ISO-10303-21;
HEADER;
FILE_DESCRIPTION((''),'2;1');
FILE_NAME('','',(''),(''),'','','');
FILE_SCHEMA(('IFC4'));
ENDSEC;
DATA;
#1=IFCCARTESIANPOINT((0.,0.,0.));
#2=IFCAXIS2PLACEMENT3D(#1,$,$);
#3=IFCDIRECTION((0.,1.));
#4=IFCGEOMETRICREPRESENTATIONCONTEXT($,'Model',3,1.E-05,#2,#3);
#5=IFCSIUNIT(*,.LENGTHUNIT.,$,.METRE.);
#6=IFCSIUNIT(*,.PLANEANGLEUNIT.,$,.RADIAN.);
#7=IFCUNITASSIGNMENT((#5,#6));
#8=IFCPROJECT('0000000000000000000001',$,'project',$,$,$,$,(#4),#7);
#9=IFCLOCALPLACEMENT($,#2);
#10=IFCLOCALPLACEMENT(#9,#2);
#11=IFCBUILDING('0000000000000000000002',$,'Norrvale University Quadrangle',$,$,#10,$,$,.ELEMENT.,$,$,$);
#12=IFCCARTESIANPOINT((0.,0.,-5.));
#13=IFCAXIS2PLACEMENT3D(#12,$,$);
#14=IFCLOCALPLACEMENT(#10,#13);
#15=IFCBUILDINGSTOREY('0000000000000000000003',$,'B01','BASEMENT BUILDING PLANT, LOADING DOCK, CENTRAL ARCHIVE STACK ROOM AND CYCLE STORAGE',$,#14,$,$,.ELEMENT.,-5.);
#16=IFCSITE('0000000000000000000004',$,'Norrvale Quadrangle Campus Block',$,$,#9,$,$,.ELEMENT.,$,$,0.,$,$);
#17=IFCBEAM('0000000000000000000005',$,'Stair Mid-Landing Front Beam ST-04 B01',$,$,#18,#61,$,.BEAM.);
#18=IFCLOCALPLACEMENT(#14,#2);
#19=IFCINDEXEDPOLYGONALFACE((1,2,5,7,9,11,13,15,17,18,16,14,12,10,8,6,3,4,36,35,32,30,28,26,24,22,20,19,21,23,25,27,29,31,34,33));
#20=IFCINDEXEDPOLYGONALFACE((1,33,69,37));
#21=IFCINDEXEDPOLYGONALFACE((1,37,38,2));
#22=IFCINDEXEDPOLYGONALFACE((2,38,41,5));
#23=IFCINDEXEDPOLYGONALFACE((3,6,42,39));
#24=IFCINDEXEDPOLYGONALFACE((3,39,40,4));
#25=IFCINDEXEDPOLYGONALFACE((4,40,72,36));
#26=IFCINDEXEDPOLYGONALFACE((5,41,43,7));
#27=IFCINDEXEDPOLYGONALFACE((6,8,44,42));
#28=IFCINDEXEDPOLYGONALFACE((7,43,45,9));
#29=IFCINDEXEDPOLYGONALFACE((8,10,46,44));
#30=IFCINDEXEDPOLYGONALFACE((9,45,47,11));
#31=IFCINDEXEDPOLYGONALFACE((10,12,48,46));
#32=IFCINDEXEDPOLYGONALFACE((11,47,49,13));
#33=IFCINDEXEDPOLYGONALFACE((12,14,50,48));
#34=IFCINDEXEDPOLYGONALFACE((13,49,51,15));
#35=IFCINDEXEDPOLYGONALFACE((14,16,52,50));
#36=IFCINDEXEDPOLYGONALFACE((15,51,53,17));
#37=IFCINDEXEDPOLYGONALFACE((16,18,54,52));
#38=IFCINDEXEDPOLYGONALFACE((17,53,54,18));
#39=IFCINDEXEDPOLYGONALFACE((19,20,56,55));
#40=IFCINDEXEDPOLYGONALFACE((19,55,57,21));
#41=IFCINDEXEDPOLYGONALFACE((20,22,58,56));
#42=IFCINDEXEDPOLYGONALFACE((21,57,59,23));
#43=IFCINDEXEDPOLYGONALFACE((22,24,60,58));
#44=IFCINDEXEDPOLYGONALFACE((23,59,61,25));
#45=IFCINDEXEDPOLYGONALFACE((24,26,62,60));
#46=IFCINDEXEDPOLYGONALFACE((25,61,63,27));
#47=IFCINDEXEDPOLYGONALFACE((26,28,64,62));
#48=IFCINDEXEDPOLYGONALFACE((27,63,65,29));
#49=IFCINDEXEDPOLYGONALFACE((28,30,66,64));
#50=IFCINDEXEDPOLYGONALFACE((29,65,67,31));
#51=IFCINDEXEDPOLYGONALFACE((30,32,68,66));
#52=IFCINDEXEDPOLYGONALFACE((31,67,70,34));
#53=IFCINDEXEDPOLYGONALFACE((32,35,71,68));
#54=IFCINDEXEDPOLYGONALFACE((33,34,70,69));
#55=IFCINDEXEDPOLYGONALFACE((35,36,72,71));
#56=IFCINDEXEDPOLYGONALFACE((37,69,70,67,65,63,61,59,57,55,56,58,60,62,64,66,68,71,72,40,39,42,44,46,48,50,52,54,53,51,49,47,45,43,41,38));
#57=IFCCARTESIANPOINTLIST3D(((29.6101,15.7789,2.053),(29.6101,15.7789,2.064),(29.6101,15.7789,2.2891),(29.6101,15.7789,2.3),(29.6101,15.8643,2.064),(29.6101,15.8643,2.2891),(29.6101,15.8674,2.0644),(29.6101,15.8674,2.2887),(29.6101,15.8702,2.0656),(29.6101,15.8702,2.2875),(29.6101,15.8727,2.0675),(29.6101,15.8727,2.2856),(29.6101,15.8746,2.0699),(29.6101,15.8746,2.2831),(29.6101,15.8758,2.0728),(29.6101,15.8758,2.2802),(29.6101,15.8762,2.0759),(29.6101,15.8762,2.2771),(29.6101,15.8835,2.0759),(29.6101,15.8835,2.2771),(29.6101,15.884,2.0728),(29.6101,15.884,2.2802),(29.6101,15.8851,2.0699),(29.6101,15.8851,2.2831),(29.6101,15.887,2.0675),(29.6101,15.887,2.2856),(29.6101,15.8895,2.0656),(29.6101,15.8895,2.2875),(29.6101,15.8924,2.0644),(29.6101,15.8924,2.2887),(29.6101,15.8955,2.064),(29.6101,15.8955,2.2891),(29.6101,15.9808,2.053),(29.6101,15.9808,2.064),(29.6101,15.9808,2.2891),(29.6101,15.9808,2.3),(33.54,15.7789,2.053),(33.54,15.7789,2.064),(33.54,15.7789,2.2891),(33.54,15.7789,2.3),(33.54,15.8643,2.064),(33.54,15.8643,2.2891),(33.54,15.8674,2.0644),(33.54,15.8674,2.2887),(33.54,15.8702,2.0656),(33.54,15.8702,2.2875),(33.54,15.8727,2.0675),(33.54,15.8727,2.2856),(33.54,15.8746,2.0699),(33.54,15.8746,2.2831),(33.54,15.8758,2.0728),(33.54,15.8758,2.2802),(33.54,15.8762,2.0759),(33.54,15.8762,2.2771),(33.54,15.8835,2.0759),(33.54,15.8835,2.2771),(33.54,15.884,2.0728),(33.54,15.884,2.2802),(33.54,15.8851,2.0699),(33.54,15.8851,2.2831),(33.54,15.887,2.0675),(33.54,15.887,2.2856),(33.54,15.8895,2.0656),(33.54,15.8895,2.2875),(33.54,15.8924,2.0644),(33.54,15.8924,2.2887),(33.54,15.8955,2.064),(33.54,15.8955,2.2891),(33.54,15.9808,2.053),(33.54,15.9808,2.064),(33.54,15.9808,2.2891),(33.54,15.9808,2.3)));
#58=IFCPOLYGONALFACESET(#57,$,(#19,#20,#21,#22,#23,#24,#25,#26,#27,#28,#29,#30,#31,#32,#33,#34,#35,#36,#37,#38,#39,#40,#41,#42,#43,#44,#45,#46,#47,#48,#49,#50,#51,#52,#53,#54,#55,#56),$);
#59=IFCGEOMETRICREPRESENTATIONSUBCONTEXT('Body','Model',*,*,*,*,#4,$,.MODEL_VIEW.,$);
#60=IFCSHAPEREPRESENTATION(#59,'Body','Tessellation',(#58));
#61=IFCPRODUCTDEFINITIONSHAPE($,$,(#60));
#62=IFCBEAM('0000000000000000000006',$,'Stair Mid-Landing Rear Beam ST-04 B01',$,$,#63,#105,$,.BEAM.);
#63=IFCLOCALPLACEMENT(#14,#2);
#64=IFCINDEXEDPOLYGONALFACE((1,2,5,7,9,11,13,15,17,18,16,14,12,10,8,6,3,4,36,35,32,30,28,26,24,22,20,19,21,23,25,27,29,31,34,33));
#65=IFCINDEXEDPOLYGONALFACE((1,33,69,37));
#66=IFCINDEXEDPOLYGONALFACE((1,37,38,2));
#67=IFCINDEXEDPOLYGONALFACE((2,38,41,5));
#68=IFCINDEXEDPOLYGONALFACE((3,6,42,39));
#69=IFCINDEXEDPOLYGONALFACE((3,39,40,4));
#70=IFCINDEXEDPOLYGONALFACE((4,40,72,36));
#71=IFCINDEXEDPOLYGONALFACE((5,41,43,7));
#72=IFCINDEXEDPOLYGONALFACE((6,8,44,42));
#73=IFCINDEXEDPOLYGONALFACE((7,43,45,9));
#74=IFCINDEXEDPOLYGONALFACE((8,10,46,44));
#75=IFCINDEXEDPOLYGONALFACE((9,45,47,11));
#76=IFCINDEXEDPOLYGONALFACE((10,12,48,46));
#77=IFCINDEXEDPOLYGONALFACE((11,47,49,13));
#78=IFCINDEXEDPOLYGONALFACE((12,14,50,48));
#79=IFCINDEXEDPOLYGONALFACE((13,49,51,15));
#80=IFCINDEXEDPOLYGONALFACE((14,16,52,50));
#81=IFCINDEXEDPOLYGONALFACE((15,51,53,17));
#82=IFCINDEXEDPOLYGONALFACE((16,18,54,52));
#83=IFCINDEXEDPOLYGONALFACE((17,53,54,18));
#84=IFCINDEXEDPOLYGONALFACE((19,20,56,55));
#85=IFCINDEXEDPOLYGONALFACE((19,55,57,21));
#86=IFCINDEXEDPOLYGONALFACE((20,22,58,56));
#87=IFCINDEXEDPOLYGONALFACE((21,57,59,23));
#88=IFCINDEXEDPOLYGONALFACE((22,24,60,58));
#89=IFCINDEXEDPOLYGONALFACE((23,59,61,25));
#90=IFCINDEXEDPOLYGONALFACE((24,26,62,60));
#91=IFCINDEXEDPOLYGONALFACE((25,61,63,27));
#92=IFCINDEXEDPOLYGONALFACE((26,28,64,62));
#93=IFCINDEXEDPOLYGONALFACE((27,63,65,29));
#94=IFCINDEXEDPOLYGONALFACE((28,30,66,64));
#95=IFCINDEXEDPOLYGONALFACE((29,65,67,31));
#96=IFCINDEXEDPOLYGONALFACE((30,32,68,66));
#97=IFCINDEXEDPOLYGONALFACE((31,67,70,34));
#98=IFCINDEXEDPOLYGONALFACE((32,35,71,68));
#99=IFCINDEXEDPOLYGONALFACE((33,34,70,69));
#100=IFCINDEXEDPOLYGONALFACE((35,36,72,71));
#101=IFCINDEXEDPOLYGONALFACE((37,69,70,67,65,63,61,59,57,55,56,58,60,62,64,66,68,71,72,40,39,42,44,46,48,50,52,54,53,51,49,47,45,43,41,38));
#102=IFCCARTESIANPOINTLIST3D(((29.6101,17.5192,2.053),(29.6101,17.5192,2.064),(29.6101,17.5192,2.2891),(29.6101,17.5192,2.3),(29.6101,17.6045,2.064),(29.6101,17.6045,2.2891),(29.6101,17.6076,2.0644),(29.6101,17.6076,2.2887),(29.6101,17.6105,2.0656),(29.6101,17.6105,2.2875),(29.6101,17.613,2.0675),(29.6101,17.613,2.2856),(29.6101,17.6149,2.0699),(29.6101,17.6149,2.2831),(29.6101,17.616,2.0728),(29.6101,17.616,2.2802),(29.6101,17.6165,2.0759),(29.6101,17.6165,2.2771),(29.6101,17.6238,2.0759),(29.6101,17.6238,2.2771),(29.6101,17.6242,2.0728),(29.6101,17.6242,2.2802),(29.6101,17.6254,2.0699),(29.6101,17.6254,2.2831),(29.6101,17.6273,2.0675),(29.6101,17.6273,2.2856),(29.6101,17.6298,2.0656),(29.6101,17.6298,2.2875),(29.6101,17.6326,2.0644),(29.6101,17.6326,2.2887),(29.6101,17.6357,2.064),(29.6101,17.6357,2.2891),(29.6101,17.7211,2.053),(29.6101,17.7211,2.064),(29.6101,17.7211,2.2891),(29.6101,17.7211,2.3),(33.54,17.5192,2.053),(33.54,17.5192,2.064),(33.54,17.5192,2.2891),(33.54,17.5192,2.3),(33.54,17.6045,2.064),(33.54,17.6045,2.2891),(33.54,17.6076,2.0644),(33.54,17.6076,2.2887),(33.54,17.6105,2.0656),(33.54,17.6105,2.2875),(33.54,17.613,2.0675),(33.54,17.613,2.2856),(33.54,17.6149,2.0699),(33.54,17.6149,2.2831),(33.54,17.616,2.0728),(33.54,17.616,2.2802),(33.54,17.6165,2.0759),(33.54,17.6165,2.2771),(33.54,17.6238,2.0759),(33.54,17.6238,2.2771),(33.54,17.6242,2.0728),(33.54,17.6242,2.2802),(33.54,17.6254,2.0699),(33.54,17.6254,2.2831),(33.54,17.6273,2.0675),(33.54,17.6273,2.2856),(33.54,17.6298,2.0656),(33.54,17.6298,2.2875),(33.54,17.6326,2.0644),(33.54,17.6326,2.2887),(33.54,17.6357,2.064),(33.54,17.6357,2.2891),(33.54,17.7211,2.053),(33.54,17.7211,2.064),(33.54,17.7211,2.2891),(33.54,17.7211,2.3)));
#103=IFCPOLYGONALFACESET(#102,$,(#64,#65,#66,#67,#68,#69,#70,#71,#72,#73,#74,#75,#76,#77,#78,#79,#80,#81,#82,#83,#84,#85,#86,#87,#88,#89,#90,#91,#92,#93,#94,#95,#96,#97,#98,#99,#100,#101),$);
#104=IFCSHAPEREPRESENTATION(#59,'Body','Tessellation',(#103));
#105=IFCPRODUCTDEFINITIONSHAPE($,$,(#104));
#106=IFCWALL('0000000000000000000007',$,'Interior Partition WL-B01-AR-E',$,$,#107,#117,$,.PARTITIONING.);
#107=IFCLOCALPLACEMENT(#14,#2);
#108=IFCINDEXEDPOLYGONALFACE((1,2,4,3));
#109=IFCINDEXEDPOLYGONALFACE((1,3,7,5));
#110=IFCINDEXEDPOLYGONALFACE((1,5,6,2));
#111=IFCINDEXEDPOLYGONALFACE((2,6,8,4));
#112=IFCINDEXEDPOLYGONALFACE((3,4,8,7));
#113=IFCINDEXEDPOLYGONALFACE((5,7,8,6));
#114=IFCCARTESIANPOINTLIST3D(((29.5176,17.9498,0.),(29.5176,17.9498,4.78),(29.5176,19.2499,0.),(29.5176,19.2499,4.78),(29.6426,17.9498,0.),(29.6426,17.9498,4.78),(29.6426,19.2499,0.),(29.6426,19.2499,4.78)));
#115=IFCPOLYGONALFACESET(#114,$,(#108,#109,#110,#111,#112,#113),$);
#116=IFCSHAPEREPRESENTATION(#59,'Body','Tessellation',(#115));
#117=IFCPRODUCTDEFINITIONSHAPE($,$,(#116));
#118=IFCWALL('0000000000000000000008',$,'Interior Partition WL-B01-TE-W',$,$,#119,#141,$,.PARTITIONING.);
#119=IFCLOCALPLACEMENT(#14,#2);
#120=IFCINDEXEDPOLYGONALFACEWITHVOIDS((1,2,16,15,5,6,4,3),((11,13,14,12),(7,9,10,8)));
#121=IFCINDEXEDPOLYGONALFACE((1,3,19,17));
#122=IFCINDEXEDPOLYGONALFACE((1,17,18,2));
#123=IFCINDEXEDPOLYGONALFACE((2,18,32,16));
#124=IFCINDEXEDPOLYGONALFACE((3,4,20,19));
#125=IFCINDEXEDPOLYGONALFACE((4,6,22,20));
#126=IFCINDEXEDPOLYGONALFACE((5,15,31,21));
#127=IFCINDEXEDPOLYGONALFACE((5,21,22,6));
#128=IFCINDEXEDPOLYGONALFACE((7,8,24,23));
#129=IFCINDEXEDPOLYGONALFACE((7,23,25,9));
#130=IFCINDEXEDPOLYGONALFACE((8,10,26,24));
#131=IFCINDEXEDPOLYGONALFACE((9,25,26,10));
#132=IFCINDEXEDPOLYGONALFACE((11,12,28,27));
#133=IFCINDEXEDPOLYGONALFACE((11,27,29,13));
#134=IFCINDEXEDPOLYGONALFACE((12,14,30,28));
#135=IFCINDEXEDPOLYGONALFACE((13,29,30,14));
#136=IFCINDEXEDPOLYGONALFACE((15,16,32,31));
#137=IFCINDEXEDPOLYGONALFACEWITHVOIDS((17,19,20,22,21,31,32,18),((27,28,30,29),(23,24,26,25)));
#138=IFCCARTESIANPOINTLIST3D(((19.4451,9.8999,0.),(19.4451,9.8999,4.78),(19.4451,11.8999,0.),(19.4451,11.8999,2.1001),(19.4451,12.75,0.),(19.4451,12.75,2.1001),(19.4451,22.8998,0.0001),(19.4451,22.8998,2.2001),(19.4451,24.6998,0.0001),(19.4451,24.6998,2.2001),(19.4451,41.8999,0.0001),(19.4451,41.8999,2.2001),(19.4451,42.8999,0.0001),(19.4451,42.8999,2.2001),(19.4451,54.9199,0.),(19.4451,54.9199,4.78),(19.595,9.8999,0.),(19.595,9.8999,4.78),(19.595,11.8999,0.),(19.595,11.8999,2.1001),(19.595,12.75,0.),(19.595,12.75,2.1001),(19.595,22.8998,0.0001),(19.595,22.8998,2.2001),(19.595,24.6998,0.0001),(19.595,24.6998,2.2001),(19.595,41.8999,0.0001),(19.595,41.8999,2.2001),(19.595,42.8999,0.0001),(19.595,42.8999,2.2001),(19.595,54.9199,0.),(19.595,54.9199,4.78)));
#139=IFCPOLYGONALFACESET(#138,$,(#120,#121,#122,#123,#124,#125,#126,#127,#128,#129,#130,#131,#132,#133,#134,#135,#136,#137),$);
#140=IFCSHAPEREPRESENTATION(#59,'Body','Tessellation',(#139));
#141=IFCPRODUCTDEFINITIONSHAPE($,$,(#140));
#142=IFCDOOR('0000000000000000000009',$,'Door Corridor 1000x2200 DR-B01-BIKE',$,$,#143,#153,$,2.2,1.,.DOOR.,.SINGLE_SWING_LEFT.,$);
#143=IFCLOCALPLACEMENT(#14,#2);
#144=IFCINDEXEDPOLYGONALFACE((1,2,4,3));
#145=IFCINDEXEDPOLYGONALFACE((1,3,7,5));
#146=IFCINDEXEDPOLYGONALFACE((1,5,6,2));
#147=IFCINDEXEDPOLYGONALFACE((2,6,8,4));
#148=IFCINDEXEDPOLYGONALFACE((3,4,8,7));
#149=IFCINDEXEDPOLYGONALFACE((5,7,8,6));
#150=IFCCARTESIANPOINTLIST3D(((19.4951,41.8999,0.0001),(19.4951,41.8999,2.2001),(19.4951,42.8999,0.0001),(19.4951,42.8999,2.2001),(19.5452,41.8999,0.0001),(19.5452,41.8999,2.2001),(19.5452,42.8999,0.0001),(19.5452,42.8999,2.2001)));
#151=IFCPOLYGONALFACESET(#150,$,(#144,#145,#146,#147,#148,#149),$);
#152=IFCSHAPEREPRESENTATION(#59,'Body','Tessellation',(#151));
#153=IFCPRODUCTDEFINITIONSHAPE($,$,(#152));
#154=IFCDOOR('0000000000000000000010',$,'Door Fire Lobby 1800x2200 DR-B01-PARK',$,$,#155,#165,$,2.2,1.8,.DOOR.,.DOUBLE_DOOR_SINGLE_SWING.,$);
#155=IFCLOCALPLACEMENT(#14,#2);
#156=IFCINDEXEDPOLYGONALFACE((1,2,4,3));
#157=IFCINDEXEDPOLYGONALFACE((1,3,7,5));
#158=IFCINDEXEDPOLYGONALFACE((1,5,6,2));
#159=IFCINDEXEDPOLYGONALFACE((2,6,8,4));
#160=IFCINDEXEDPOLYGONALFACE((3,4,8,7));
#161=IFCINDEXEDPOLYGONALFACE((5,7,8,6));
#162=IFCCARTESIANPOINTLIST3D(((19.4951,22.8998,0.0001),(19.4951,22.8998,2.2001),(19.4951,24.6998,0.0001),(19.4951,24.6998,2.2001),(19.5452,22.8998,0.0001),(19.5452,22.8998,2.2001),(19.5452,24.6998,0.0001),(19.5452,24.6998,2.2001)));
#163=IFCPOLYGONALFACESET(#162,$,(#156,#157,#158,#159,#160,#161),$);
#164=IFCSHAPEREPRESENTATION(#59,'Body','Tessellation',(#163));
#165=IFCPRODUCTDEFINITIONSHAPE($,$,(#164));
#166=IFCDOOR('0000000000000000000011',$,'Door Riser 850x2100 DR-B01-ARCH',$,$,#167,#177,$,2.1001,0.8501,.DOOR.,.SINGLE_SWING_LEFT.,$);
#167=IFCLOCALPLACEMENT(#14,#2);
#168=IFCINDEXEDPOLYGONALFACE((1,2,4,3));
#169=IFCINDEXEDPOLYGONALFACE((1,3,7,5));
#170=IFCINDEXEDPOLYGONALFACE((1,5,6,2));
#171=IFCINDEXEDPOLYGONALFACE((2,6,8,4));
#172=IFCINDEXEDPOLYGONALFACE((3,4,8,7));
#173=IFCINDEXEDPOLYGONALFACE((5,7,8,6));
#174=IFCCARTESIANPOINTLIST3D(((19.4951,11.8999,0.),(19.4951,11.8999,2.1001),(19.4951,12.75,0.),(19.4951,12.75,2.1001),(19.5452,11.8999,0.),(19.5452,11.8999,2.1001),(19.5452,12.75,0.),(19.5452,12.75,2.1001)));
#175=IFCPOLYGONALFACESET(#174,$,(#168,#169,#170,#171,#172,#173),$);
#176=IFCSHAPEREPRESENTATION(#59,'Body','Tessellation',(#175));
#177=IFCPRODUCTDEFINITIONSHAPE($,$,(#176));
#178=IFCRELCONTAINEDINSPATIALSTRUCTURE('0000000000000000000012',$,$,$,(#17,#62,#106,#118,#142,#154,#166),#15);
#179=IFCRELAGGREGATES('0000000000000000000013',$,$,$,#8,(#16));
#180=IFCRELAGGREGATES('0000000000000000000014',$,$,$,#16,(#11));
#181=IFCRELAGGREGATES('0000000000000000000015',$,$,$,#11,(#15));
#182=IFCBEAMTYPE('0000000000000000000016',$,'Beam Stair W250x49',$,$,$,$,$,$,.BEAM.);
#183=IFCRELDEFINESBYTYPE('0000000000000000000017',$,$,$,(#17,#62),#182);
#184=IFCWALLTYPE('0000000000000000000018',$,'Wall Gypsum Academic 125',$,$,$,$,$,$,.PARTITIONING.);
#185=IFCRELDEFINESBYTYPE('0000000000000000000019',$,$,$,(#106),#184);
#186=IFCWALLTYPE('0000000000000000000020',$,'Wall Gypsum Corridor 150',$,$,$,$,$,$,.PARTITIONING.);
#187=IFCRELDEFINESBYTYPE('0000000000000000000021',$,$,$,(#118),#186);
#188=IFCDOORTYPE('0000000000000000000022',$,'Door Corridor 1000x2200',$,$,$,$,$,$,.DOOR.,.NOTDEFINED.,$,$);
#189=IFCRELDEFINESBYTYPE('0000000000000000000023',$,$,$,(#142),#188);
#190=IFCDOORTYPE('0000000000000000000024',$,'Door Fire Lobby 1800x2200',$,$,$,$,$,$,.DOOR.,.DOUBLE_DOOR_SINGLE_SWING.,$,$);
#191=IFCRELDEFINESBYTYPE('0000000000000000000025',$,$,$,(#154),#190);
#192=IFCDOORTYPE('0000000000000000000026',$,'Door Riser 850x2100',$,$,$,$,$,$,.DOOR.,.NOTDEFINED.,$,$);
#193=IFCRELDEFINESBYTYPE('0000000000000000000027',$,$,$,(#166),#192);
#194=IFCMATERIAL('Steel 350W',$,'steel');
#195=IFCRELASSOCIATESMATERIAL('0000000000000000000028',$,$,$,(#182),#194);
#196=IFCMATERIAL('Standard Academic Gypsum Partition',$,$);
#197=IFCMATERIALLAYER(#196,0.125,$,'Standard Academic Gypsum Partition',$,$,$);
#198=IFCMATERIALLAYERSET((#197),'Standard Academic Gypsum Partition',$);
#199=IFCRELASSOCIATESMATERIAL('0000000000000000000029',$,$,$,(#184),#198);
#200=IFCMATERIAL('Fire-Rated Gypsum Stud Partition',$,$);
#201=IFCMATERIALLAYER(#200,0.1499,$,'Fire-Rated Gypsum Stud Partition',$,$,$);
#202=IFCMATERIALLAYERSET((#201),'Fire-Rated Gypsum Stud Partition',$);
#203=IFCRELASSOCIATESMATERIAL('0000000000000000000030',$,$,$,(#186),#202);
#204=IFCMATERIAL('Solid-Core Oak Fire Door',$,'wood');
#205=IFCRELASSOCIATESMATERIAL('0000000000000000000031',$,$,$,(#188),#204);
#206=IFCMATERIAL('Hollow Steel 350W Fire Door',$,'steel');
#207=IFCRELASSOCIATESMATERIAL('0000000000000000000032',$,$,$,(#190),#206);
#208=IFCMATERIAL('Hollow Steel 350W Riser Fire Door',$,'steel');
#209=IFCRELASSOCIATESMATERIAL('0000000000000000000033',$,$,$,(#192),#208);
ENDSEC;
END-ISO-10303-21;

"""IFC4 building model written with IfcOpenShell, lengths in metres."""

from ifc_helpers import new_model, si_unit, direction, frame, frame_2d, origin, origin_2d, place, context, subcontext, project, spatial, rectangle, i_section, extrude, material, layer, layer_set, material_profile, profile_set, type_object, element, fill, save


model = new_model("IFC4")

# Units and contexts
model_context = context("Model", 3, precision=1e-05, world=origin(), true_north=direction((0.0, 1.0)))
body_context = subcontext(model_context, "Body", "Model", "MODEL_VIEW")
ifc_project = project(units=[si_unit("LENGTHUNIT", "METRE"), si_unit("PLANEANGLEUNIT", "RADIAN")], contexts=[model_context])

# Site, building, storey
site_placement = place(None, origin())
site = spatial("IfcSite", under=ifc_project, at=site_placement, Name="Norrvale Quadrangle Campus Block", CompositionType="ELEMENT", RefElevation=0.0)
building_placement = place(site_placement, origin())
building = spatial("IfcBuilding", under=site, at=building_placement, Name="Norrvale University Quadrangle", CompositionType="ELEMENT")
storey_placement = place(building_placement, frame((0.0, 0.0, -5.0)))
storey = spatial("IfcBuildingStorey", under=building, at=storey_placement, Name="B01", Description="BASEMENT BUILDING PLANT, LOADING DOCK, CENTRAL ARCHIVE STACK ROOM AND CYCLE STORAGE", CompositionType="ELEMENT", Elevation=-5.0)

# Beams
ifc_material_1 = material(Name="Steel 350W", Category="steel")
ifc_material_profile_1 = material_profile(ifc_material_1, i_section(OverallWidth=0.2019, OverallDepth=0.2471, WebThickness=0.0073, FlangeThickness=0.011, FilletRadius=0.012, at=origin_2d()), Name="Steel 350W")
ifc_profile_set_1 = profile_set([ifc_material_profile_1], Name="Steel 350W")
beam_type_1 = type_object("IfcBeamType", Name="Beam Stair W250x49", PredefinedType="BEAM", material=ifc_profile_set_1)
for number, where, z_axis, x_axis, name in (
    (1, (29.6101, 15.8799, 2.1765), (1.0, 0.0, 0.0), (0.0, 1.0, 0.0), "Stair Mid-Landing Front Beam ST-04 B01"),
    (2, (29.6101, 17.6201, 2.1765), (1.0, 0.0, 0.0), (0.0, 1.0, 0.0), "Stair Mid-Landing Rear Beam ST-04 B01"),
):
    element("IfcBeam", number, at=place(storey_placement, frame(where, z_axis=z_axis, x_axis=x_axis)), inside=storey, type_object=beam_type_1, Name=name, PredefinedType="BEAM", context=body_context, shape_type="SweptSolid", body=[
        extrude(i_section(OverallWidth=0.2019, OverallDepth=0.2471, WebThickness=0.0073, FlangeThickness=0.011, FilletRadius=0.012, at=origin_2d()), origin(), (0.0, 0.0, 1.0), 3.9299),
    ])

# Wall
ifc_material_2 = material(Name="Standard Academic Gypsum Partition")
ifc_layer_1 = layer(ifc_material_2, 0.125, Name="Standard Academic Gypsum Partition")
ifc_layer_set_1 = layer_set([ifc_layer_1], Name="Standard Academic Gypsum Partition")
wall_type_1 = type_object("IfcWallType", Name="Wall Gypsum Academic 125", PredefinedType="PARTITIONING", material=ifc_layer_set_1)
wall_1_placement = place(storey_placement, frame((29.5801, 17.95, 0.0), z_axis=(0.0, 0.0, 1.0), x_axis=(0.0, 1.0, 0.0)))
element("IfcWall", 3, at=wall_1_placement, inside=storey, type_object=wall_type_1, Name="Interior Partition WL-B01-AR-E", PredefinedType="PARTITIONING", context=body_context, shape_type="SweptSolid", body=[
    extrude(rectangle(XDim=1.3, YDim=0.125, at=frame_2d((0.6499, 0.0))), origin(), (0.0, 0.0, 1.0), 4.78),
])

# Wall, openings, doors
ifc_material_3 = material(Name="Fire-Rated Gypsum Stud Partition")
ifc_layer_2 = layer(ifc_material_3, 0.1499, Name="Fire-Rated Gypsum Stud Partition")
ifc_layer_set_2 = layer_set([ifc_layer_2], Name="Fire-Rated Gypsum Stud Partition")
wall_type_2 = type_object("IfcWallType", Name="Wall Gypsum Corridor 150", PredefinedType="PARTITIONING", material=ifc_layer_set_2)
wall_2_placement = place(storey_placement, frame((19.52, 9.8999, 0.0), z_axis=(0.0, 0.0, 1.0), x_axis=(0.0, 1.0, 0.0)))
wall_2 = element("IfcWall", 4, at=wall_2_placement, inside=storey, type_object=wall_type_2, Name="Interior Partition WL-B01-TE-W", PredefinedType="PARTITIONING", context=body_context, shape_type="SweptSolid", body=[
    extrude(rectangle(XDim=45.02, YDim=0.1499, at=frame_2d((22.51, 0.0))), origin(), (0.0, 0.0, 1.0), 4.78),
])
opening_1_placement = place(wall_2_placement, frame((2.0, 0.0, 0.0)))
opening_1 = element("IfcOpeningElement", 5, at=opening_1_placement, cuts=wall_2, PredefinedType="OPENING", context=body_context, shape_type="SweptSolid", body=[
    extrude(rectangle(XDim=0.8501, YDim=2.1001, at=frame_2d((0.425, 1.05))), frame((0.0, 0.0869, 0.0), z_axis=(0.0, -1.0, 0.0), x_axis=(1.0, 0.0, 0.0)), (0.0, 0.0, 1.0), 0.1738),
])
opening_2_placement = place(wall_2_placement, frame((13.0, 0.0, 0.0)))
opening_2 = element("IfcOpeningElement", 6, at=opening_2_placement, cuts=wall_2, PredefinedType="OPENING", context=body_context, shape_type="SweptSolid", body=[
    extrude(rectangle(XDim=1.8, YDim=2.2, at=frame_2d((0.8999, 1.1001))), frame((0.0, 0.0869, 0.0), z_axis=(0.0, -1.0, 0.0), x_axis=(1.0, 0.0, 0.0)), (0.0, 0.0, 1.0), 0.1738),
])
opening_3_placement = place(wall_2_placement, frame((32.0, 0.0, 0.0)))
opening_3 = element("IfcOpeningElement", 7, at=opening_3_placement, cuts=wall_2, PredefinedType="OPENING", context=body_context, shape_type="SweptSolid", body=[
    extrude(rectangle(XDim=1.0, YDim=2.2, at=frame_2d((0.5, 1.1001))), frame((0.0, 0.0869, 0.0), z_axis=(0.0, -1.0, 0.0), x_axis=(1.0, 0.0, 0.0)), (0.0, 0.0, 1.0), 0.1738),
])
ifc_material_4 = material(Name="Solid-Core Oak Fire Door", Category="wood")
door_type_1 = type_object("IfcDoorType", Name="Door Corridor 1000x2200", OperationType="NOTDEFINED", PredefinedType="DOOR", material=ifc_material_4)
door_1_placement = place(opening_3_placement, origin())
door_1 = element("IfcDoor", 8, at=door_1_placement, inside=storey, type_object=door_type_1, Name="Door Corridor 1000x2200 DR-B01-BIKE", OperationType="SINGLE_SWING_LEFT", OverallHeight=2.2, OverallWidth=1.0, PredefinedType="DOOR", context=body_context, shape_type="SweptSolid", body=[
    extrude(rectangle(XDim=1.0, YDim=2.2, at=frame_2d((0.5, 1.1001))), frame((0.0, 0.0249, 0.0), z_axis=(0.0, -1.0, 0.0), x_axis=(1.0, 0.0, 0.0)), (0.0, 0.0, 1.0), 0.05),
])
fill(opening_3, door_1)
ifc_material_5 = material(Name="Hollow Steel 350W Fire Door", Category="steel")
door_type_2 = type_object("IfcDoorType", Name="Door Fire Lobby 1800x2200", OperationType="DOUBLE_DOOR_SINGLE_SWING", PredefinedType="DOOR", material=ifc_material_5)
door_2_placement = place(opening_2_placement, origin())
door_2 = element("IfcDoor", 9, at=door_2_placement, inside=storey, type_object=door_type_2, Name="Door Fire Lobby 1800x2200 DR-B01-PARK", OperationType="DOUBLE_DOOR_SINGLE_SWING", OverallHeight=2.2, OverallWidth=1.8, PredefinedType="DOOR", context=body_context, shape_type="SweptSolid", body=[
    extrude(rectangle(XDim=1.8, YDim=2.2, at=frame_2d((0.8999, 1.1001))), frame((0.0, 0.0249, 0.0), z_axis=(0.0, -1.0, 0.0), x_axis=(1.0, 0.0, 0.0)), (0.0, 0.0, 1.0), 0.05),
])
fill(opening_2, door_2)
ifc_material_6 = material(Name="Hollow Steel 350W Riser Fire Door", Category="steel")
door_type_3 = type_object("IfcDoorType", Name="Door Riser 850x2100", OperationType="NOTDEFINED", PredefinedType="DOOR", material=ifc_material_6)
door_3_placement = place(opening_1_placement, origin())
door_3 = element("IfcDoor", 10, at=door_3_placement, inside=storey, type_object=door_type_3, Name="Door Riser 850x2100 DR-B01-ARCH", OperationType="SINGLE_SWING_LEFT", OverallHeight=2.1001, OverallWidth=0.8501, PredefinedType="DOOR", context=body_context, shape_type="SweptSolid", body=[
    extrude(rectangle(XDim=0.8501, YDim=2.1001, at=frame_2d((0.425, 1.05))), frame((0.0, 0.0249, 0.0), z_axis=(0.0, -1.0, 0.0), x_axis=(1.0, 0.0, 0.0)), (0.0, 0.0, 1.0), 0.05),
])
fill(opening_1, door_3)

save(model, "model.ifc")
